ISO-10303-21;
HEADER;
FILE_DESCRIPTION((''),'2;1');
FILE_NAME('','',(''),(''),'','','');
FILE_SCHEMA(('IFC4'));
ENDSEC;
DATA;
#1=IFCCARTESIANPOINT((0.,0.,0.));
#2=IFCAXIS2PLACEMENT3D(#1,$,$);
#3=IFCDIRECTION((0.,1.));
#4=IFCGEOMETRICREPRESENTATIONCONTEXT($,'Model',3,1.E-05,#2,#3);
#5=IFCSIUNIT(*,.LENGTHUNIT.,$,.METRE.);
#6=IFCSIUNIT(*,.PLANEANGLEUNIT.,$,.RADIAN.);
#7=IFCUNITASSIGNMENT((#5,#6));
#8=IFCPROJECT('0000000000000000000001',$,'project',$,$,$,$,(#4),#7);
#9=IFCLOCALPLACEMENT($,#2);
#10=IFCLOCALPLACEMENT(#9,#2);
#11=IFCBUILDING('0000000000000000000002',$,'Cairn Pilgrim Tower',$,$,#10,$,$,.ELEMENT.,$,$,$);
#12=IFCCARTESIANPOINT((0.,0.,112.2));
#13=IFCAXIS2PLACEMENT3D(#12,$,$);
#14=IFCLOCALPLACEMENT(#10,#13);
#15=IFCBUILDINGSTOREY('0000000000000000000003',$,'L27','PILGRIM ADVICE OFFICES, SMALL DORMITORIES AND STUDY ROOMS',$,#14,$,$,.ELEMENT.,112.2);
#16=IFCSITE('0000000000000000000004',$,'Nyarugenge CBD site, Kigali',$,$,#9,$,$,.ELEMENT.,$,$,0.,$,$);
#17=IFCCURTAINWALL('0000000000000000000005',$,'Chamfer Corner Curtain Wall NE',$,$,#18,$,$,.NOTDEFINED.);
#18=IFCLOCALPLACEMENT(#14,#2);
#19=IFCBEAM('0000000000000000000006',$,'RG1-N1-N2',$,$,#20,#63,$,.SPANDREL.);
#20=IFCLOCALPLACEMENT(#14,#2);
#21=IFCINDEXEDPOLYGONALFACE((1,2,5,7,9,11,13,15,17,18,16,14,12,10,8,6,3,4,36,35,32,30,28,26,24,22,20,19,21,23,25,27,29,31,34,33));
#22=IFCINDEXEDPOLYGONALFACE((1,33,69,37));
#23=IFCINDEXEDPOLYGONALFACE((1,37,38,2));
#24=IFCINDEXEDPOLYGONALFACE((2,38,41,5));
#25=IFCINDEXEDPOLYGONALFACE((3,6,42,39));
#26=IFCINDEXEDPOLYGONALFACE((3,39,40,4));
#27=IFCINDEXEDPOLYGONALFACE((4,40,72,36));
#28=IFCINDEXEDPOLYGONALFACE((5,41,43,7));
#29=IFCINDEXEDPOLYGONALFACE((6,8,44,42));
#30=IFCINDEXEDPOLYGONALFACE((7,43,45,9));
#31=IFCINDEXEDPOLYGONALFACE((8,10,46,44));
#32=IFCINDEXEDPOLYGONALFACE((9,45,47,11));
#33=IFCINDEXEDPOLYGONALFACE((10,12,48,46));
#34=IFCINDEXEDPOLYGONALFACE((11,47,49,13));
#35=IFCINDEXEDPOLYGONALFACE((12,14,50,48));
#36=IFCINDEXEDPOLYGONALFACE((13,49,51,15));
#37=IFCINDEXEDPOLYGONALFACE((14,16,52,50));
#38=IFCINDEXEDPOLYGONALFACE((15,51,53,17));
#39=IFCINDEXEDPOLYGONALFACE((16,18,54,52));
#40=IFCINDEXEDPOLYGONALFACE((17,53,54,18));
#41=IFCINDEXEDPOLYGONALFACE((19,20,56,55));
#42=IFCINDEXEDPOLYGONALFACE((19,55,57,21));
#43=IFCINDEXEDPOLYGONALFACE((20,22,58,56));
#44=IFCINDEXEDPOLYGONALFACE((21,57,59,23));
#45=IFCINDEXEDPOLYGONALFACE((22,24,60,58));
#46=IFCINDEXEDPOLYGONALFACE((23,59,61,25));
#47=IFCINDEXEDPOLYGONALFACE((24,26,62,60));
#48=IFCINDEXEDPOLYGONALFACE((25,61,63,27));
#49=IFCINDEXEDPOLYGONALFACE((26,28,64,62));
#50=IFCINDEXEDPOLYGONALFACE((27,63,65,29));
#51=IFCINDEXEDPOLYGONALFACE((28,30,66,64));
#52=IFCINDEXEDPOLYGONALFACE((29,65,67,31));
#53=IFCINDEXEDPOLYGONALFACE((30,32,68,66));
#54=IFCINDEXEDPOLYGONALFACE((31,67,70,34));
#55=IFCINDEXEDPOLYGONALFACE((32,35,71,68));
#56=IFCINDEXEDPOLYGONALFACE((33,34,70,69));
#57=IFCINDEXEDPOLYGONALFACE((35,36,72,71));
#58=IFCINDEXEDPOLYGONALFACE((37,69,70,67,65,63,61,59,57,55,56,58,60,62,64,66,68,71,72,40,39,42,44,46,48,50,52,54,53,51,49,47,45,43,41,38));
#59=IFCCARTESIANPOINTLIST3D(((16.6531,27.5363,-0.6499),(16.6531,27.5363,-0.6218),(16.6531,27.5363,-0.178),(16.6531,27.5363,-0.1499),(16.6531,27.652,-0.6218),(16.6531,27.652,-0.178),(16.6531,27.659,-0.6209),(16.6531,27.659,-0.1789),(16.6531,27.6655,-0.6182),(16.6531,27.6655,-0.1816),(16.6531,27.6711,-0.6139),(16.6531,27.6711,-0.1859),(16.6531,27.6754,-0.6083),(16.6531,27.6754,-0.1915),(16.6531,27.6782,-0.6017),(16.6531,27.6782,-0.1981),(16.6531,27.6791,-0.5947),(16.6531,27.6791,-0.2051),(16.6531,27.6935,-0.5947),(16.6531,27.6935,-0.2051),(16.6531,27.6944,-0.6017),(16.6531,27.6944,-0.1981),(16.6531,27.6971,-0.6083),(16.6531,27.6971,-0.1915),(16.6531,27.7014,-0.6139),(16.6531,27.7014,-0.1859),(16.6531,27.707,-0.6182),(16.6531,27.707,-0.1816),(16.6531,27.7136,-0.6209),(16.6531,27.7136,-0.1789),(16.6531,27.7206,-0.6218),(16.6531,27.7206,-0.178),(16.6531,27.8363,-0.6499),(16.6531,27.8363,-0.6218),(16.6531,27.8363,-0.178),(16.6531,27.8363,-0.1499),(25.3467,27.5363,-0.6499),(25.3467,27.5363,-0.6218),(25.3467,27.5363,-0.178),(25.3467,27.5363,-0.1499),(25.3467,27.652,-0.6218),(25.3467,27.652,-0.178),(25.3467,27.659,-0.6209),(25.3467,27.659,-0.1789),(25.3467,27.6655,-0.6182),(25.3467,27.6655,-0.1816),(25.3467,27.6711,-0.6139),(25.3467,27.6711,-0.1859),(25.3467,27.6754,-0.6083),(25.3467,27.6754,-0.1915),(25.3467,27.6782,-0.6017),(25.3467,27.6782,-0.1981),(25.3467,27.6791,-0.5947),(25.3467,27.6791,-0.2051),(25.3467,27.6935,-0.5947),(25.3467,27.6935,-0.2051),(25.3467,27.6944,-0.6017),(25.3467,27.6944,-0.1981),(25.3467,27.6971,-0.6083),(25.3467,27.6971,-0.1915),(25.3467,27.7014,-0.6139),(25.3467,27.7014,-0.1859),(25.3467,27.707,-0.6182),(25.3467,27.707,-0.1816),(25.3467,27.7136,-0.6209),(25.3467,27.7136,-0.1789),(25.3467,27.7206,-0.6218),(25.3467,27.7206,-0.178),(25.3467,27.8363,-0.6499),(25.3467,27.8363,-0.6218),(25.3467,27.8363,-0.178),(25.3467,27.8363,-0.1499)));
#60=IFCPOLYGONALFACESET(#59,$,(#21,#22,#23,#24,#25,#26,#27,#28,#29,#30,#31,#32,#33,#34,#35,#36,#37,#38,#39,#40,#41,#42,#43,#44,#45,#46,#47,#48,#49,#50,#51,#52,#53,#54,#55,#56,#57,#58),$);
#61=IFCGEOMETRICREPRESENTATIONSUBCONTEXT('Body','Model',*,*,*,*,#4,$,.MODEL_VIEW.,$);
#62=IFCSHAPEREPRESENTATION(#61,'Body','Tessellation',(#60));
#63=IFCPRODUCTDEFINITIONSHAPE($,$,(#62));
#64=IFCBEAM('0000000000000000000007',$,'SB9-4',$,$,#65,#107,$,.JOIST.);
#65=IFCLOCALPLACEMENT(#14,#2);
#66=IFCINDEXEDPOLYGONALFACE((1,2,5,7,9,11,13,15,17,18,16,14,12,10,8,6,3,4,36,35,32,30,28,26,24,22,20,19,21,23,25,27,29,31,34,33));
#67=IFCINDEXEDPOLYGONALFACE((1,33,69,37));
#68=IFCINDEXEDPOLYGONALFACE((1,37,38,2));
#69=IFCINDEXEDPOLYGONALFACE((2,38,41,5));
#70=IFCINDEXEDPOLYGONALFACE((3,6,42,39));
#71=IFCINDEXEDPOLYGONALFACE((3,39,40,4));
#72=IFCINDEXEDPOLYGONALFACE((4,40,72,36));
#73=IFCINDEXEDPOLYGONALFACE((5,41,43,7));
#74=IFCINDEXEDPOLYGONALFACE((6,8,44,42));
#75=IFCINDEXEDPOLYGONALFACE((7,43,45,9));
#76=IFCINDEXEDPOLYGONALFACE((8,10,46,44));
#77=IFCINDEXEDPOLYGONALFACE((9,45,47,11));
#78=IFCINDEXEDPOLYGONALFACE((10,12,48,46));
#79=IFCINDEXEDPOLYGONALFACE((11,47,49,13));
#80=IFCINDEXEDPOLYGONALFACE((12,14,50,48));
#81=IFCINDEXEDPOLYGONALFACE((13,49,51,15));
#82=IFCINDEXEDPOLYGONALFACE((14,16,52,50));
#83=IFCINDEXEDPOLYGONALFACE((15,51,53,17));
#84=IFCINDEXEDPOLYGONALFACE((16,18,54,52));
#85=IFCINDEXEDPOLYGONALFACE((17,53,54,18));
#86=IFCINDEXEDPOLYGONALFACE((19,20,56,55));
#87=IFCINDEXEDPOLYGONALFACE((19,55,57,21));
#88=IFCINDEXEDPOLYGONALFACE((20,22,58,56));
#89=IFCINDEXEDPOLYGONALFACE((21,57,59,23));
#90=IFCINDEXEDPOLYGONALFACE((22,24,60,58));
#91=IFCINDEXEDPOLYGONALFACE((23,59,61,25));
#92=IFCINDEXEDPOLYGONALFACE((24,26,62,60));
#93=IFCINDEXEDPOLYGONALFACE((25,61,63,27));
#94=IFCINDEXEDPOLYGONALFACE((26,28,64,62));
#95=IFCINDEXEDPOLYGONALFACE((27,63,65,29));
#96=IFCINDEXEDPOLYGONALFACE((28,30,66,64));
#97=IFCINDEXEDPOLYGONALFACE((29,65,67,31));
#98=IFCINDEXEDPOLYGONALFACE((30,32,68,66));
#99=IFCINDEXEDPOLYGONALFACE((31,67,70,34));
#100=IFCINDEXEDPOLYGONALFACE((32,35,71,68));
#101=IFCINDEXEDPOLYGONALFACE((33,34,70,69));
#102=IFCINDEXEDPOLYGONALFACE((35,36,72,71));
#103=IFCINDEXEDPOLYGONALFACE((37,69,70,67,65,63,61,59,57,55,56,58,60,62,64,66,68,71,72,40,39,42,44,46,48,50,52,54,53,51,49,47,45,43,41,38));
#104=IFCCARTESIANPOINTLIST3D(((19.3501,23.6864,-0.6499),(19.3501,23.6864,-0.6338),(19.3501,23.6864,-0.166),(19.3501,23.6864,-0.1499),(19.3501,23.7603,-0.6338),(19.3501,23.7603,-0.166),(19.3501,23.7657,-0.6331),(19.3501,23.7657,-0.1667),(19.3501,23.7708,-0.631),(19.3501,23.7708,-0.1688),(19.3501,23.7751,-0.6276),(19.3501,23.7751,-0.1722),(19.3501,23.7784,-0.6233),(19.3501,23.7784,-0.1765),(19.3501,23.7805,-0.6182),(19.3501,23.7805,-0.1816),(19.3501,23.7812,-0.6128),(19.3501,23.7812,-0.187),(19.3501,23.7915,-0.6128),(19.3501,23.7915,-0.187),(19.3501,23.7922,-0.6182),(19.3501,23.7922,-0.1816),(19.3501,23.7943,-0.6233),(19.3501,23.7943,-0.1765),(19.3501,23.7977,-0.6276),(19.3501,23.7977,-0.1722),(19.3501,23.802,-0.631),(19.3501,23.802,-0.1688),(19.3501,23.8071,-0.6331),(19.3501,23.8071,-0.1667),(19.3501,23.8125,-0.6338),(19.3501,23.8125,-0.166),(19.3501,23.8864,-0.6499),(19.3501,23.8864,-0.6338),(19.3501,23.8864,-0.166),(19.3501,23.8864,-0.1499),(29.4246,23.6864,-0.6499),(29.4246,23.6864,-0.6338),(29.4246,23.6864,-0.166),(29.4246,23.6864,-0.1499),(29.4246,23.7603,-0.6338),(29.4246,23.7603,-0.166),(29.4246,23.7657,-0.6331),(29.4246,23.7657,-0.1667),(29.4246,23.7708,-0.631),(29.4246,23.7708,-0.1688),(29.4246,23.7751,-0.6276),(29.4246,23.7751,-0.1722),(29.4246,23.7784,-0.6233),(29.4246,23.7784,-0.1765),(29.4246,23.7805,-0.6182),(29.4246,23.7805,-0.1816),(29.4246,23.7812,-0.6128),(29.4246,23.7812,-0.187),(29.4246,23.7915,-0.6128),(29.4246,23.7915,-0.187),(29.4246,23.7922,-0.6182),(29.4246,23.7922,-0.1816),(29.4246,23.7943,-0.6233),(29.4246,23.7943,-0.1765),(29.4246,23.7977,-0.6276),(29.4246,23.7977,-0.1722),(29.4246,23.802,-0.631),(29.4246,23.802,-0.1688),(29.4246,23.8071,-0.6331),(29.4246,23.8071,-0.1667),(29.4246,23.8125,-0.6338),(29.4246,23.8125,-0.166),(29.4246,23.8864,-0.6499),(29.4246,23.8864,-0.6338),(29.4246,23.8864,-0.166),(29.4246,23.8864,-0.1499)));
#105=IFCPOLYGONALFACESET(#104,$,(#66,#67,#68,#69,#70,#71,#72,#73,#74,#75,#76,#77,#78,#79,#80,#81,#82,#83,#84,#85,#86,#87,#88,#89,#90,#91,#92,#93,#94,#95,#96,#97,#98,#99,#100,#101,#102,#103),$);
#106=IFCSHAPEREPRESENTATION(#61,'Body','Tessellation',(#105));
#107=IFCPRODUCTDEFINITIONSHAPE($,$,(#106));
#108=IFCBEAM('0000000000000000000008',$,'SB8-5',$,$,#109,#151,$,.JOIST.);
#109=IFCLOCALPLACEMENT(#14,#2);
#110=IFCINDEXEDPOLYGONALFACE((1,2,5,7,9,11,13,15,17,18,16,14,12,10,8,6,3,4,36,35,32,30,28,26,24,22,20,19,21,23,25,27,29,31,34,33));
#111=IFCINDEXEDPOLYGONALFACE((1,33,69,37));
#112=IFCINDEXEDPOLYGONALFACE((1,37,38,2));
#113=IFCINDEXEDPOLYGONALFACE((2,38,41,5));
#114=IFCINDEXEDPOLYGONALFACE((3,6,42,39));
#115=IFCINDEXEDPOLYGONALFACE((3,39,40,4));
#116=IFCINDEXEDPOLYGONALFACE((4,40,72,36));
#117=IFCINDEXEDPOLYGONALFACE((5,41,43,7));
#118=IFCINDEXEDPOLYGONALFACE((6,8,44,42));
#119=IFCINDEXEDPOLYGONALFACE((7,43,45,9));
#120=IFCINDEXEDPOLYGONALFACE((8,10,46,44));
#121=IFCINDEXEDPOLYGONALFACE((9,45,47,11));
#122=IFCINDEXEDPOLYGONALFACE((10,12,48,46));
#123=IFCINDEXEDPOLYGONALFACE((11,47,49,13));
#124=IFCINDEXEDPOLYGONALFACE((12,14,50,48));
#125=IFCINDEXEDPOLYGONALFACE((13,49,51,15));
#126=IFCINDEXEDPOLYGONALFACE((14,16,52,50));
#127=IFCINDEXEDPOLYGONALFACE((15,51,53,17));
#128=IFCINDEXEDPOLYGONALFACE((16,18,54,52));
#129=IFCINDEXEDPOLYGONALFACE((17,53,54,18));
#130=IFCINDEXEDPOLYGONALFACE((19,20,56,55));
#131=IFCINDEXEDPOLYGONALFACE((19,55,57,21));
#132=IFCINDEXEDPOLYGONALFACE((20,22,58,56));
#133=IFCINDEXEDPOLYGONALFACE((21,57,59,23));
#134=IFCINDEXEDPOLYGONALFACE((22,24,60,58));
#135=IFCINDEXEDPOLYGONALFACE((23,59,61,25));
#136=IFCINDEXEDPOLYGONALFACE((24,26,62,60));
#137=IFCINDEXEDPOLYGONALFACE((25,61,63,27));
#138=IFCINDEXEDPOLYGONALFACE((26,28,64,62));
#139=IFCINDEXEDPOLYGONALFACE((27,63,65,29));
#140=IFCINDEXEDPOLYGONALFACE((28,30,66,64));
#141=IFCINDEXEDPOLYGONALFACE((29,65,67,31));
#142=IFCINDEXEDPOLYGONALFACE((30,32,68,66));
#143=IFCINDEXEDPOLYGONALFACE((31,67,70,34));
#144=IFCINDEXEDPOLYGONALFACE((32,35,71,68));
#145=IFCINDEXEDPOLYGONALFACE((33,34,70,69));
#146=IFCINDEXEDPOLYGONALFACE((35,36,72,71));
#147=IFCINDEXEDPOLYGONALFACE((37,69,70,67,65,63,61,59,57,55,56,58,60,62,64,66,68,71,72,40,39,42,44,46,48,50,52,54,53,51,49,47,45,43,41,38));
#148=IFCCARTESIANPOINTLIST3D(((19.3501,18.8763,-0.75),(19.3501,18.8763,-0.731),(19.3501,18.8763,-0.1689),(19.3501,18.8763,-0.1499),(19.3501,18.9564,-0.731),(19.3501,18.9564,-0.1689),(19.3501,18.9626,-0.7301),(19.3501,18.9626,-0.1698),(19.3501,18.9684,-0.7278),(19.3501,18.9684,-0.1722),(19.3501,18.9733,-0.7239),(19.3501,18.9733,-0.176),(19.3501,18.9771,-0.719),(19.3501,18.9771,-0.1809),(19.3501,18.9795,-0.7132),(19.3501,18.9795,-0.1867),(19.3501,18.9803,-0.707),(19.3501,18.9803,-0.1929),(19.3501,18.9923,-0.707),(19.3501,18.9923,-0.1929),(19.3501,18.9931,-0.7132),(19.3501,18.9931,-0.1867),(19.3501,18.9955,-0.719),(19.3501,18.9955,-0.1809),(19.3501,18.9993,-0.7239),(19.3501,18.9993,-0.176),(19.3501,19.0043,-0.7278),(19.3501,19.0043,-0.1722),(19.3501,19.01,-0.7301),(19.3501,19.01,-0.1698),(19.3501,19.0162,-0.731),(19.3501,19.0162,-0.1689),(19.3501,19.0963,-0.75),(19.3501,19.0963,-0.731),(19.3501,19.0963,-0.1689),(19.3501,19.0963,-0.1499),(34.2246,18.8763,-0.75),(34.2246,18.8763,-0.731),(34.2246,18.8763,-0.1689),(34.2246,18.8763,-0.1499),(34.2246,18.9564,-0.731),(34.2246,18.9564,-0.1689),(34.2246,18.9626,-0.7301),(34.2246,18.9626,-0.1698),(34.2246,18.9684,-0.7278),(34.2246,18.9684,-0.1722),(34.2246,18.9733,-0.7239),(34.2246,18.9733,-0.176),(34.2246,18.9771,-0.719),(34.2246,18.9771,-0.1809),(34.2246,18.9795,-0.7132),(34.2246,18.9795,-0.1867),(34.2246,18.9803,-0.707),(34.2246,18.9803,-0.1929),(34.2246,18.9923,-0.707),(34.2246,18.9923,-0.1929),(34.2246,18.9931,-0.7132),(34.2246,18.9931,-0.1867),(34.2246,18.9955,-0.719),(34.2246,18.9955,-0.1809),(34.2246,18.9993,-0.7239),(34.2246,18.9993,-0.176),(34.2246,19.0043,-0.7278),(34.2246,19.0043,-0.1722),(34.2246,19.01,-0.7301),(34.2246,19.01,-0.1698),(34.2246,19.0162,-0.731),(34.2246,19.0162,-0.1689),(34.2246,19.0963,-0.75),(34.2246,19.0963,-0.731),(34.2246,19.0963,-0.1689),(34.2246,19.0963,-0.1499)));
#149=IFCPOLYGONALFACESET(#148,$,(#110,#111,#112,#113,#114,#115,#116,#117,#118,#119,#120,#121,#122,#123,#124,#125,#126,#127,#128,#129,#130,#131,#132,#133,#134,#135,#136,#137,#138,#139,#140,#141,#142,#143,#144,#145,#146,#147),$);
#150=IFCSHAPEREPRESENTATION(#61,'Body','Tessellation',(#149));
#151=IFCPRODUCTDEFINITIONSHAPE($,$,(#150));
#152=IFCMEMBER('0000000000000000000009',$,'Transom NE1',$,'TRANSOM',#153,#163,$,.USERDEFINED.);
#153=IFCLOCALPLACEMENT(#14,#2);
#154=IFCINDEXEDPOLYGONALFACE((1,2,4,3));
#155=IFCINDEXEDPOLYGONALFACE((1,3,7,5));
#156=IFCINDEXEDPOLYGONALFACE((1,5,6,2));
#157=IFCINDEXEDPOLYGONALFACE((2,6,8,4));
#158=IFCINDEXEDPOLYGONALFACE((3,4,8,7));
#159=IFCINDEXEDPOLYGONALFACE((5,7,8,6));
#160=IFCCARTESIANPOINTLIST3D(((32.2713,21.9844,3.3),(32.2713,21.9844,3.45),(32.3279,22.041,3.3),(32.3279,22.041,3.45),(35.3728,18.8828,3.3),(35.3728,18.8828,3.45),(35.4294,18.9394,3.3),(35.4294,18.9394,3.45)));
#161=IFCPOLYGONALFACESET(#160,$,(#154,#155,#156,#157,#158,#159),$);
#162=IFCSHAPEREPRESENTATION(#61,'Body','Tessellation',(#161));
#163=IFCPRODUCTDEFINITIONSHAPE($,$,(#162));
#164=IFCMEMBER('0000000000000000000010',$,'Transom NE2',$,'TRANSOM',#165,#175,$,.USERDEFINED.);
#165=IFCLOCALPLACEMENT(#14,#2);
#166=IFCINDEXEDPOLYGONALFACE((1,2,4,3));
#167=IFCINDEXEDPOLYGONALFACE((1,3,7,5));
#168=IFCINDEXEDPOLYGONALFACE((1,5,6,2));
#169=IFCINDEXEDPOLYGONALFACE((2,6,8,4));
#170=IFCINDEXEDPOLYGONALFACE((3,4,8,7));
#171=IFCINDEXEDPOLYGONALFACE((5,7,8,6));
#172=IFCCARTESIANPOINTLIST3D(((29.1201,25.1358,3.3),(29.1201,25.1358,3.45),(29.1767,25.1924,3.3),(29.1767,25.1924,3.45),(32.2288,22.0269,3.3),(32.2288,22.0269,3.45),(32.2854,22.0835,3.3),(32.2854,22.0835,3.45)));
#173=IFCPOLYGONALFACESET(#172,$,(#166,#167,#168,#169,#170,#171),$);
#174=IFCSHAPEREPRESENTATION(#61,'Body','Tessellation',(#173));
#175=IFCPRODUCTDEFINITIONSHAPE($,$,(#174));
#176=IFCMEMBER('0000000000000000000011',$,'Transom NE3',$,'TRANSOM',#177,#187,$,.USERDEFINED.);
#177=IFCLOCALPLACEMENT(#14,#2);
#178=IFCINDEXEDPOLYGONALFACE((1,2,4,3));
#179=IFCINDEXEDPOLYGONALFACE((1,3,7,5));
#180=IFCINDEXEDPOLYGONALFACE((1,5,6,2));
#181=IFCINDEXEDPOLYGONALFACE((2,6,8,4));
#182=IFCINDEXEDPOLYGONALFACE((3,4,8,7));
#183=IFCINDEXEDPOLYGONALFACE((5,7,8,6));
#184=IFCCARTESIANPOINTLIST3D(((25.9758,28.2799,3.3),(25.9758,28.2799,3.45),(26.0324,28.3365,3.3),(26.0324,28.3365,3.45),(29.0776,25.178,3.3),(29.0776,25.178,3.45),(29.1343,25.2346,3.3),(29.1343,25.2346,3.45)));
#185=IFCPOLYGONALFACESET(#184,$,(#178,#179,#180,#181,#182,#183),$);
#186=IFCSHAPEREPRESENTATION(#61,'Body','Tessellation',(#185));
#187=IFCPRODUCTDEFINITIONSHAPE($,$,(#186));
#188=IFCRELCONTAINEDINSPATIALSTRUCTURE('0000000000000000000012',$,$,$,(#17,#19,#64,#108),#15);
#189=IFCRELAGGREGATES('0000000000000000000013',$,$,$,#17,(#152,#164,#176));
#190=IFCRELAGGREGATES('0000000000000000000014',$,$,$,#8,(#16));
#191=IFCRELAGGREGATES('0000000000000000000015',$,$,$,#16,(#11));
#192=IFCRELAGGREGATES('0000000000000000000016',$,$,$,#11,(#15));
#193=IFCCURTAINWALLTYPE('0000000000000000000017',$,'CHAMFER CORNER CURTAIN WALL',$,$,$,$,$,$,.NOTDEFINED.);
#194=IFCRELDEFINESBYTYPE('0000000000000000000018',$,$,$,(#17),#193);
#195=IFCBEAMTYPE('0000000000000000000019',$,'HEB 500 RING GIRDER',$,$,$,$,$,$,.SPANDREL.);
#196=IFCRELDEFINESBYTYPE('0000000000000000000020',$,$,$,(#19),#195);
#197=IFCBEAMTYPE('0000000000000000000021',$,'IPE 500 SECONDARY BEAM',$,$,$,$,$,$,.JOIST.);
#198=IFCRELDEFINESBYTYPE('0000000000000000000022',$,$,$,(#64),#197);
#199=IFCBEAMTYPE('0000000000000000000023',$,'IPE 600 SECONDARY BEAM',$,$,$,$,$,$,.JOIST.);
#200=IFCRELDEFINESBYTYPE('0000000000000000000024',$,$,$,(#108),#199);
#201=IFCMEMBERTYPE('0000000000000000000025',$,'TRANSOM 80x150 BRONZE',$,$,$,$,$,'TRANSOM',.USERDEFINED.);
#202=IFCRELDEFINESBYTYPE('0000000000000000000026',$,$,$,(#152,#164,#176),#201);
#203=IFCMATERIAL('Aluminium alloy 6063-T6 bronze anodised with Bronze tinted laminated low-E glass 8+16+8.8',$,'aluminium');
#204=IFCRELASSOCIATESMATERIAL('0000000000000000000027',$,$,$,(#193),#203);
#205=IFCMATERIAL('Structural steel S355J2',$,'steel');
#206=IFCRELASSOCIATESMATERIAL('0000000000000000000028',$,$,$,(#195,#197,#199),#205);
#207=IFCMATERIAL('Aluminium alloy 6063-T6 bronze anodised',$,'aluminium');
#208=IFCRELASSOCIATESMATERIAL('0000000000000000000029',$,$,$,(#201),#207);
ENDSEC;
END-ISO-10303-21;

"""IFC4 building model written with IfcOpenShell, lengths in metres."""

from ifc_helpers import new_model, si_unit, direction, frame, origin, origin_2d, place, context, subcontext, project, spatial, rectangle, i_section, extrude, material, material_profile, profile_set, type_object, element, aggregate, save


model = new_model("IFC4")

# Units and contexts
model_context = context("Model", 3, precision=1e-05, world=origin(), true_north=direction((0.0, 1.0)))
body_context = subcontext(model_context, "Body", "Model", "MODEL_VIEW")
ifc_project = project(units=[si_unit("LENGTHUNIT", "METRE"), si_unit("PLANEANGLEUNIT", "RADIAN")], contexts=[model_context])

# Site, building, storey
site_placement = place(None, origin())
site = spatial("IfcSite", under=ifc_project, at=site_placement, Name="Nyarugenge CBD site, Kigali", CompositionType="ELEMENT", RefElevation=0.0)
building_placement = place(site_placement, origin())
building = spatial("IfcBuilding", under=site, at=building_placement, Name="Cairn Pilgrim Tower", CompositionType="ELEMENT")
storey_placement = place(building_placement, frame((0.0, 0.0, 112.2)))
storey = spatial("IfcBuildingStorey", under=building, at=storey_placement, Name="L27", Description="PILGRIM ADVICE OFFICES, SMALL DORMITORIES AND STUDY ROOMS", CompositionType="ELEMENT", Elevation=112.2)

# Shared definitions
ifc_material_1 = material(Name="Structural steel S355J2", Category="steel")

# Curtain wall
ifc_material_2 = material(Name="Aluminium alloy 6063-T6 bronze anodised with Bronze tinted laminated low-E glass 8+16+8.8", Category="aluminium")
curtain_wall_type_1 = type_object("IfcCurtainWallType", Name="CHAMFER CORNER CURTAIN WALL", PredefinedType="NOTDEFINED", material=ifc_material_2)
curtain_wall_1_placement = place(storey_placement, origin())
curtain_wall_1 = element("IfcCurtainWall", 1, at=curtain_wall_1_placement, inside=storey, type_object=curtain_wall_type_1, Name="Chamfer Corner Curtain Wall NE", PredefinedType="NOTDEFINED")
ifc_material_3 = material(Name="Aluminium alloy 6063-T6 bronze anodised", Category="aluminium")

# Beams
ifc_material_profile_1 = material_profile(ifc_material_1, i_section(OverallWidth=0.3, OverallDepth=0.5, WebThickness=0.0144, FlangeThickness=0.0281, FilletRadius=0.0271, at=origin_2d()), Name="HEB 500")
ifc_profile_set_1 = profile_set([ifc_material_profile_1], Name="Structural steel S355J2")
beam_type_1 = type_object("IfcBeamType", Name="HEB 500 RING GIRDER", PredefinedType="SPANDREL", material=ifc_profile_set_1)
beam_1_placement = place(storey_placement, frame((25.3467, 27.6863, -0.3999), z_axis=(-1.0, 0.0, 0.0), x_axis=(0.0, -1.0, 0.0)))
element("IfcBeam", 2, at=beam_1_placement, inside=storey, type_object=beam_type_1, Name="RG1-N1-N2", PredefinedType="SPANDREL", context=body_context, shape_type="SweptSolid", body=[
    extrude(i_section(OverallWidth=0.3, OverallDepth=0.5, WebThickness=0.0144, FlangeThickness=0.0281, FilletRadius=0.0271, at=origin_2d()), origin(), (0.0, 0.0, 1.0), 8.6936),
])
ifc_material_profile_2 = material_profile(ifc_material_1, i_section(OverallWidth=0.2, OverallDepth=0.5, WebThickness=0.0103, FlangeThickness=0.0161, FilletRadius=0.021, at=origin_2d()), Name="IPE 500")
ifc_profile_set_2 = profile_set([ifc_material_profile_2], Name="Structural steel S355J2")
beam_type_2 = type_object("IfcBeamType", Name="IPE 500 SECONDARY BEAM", PredefinedType="JOIST", material=ifc_profile_set_2)
beam_2_placement = place(storey_placement, frame((19.3501, 23.7864, -0.3999), z_axis=(1.0, 0.0, 0.0), x_axis=(0.0, 1.0, 0.0)))
element("IfcBeam", 3, at=beam_2_placement, inside=storey, type_object=beam_type_2, Name="SB9-4", PredefinedType="JOIST", context=body_context, shape_type="SweptSolid", body=[
    extrude(i_section(OverallWidth=0.2, OverallDepth=0.5, WebThickness=0.0103, FlangeThickness=0.0161, FilletRadius=0.021, at=origin_2d()), origin(), (0.0, 0.0, 1.0), 10.0745),
])
ifc_material_profile_3 = material_profile(ifc_material_1, i_section(OverallWidth=0.22, OverallDepth=0.6001, WebThickness=0.012, FlangeThickness=0.019, FilletRadius=0.0239, at=origin_2d()), Name="IPE 600")
ifc_profile_set_3 = profile_set([ifc_material_profile_3], Name="Structural steel S355J2")
beam_type_3 = type_object("IfcBeamType", Name="IPE 600 SECONDARY BEAM", PredefinedType="JOIST", material=ifc_profile_set_3)
beam_3_placement = place(storey_placement, frame((19.3501, 18.9863, -0.45), z_axis=(1.0, 0.0, 0.0), x_axis=(0.0, 1.0, 0.0)))
element("IfcBeam", 4, at=beam_3_placement, inside=storey, type_object=beam_type_3, Name="SB8-5", PredefinedType="JOIST", context=body_context, shape_type="SweptSolid", body=[
    extrude(i_section(OverallWidth=0.22, OverallDepth=0.6001, WebThickness=0.012, FlangeThickness=0.019, FilletRadius=0.0239, at=origin_2d()), origin(), (0.0, 0.0, 1.0), 14.8745),
])

# Members
ifc_material_profile_4 = material_profile(ifc_material_3, rectangle(XDim=0.0801, YDim=0.1499, at=origin_2d()), Name="TRANSOM 80x150 BRONZE")
ifc_profile_set_4 = profile_set([ifc_material_profile_4], Name="Aluminium alloy 6063-T6 bronze anodised")
member_type_1 = type_object("IfcMemberType", Name="TRANSOM 80x150 BRONZE", ElementType="TRANSOM", PredefinedType="USERDEFINED", material=ifc_profile_set_4)
member_1_placement = place(storey_placement, frame((35.4011, 18.9111, 3.375), z_axis=(-0.707107, 0.707107, 0.0), x_axis=(-0.707107, -0.707107, 0.0)))
member_1 = element("IfcMember", 5, at=member_1_placement, type_object=member_type_1, Name="Transom NE1", ObjectType="TRANSOM", PredefinedType="USERDEFINED", context=body_context, shape_type="SweptSolid", body=[
    extrude(rectangle(XDim=0.0801, YDim=0.1499, at=origin_2d()), origin(), (0.0, 0.0, 1.0), 4.3862),
])
member_2_placement = place(storey_placement, frame((32.2571, 22.0552, 3.375), z_axis=(-0.707079, 0.707135, 0.0), x_axis=(-0.707135, -0.707079, 0.0)))
member_2 = element("IfcMember", 6, at=member_2_placement, type_object=member_type_1, Name="Transom NE2", ObjectType="TRANSOM", PredefinedType="USERDEFINED", context=body_context, shape_type="SweptSolid", body=[
    extrude(rectangle(XDim=0.0801, YDim=0.1499, at=origin_2d()), origin(), (0.0, 0.0, 1.0), 4.3965),
])
member_3_placement = place(storey_placement, frame((29.106, 25.2063, 3.375), z_axis=(-0.707107, 0.707107, 0.0), x_axis=(-0.707107, -0.707107, 0.0)))
member_3 = element("IfcMember", 7, at=member_3_placement, type_object=member_type_1, Name="Transom NE3", ObjectType="TRANSOM", PredefinedType="USERDEFINED", context=body_context, shape_type="SweptSolid", body=[
    extrude(rectangle(XDim=0.0801, YDim=0.1499, at=origin_2d()), origin(), (0.0, 0.0, 1.0), 4.3867),
])

aggregate(curtain_wall_1, [member_1, member_2, member_3])

save(model, "model.ifc")
